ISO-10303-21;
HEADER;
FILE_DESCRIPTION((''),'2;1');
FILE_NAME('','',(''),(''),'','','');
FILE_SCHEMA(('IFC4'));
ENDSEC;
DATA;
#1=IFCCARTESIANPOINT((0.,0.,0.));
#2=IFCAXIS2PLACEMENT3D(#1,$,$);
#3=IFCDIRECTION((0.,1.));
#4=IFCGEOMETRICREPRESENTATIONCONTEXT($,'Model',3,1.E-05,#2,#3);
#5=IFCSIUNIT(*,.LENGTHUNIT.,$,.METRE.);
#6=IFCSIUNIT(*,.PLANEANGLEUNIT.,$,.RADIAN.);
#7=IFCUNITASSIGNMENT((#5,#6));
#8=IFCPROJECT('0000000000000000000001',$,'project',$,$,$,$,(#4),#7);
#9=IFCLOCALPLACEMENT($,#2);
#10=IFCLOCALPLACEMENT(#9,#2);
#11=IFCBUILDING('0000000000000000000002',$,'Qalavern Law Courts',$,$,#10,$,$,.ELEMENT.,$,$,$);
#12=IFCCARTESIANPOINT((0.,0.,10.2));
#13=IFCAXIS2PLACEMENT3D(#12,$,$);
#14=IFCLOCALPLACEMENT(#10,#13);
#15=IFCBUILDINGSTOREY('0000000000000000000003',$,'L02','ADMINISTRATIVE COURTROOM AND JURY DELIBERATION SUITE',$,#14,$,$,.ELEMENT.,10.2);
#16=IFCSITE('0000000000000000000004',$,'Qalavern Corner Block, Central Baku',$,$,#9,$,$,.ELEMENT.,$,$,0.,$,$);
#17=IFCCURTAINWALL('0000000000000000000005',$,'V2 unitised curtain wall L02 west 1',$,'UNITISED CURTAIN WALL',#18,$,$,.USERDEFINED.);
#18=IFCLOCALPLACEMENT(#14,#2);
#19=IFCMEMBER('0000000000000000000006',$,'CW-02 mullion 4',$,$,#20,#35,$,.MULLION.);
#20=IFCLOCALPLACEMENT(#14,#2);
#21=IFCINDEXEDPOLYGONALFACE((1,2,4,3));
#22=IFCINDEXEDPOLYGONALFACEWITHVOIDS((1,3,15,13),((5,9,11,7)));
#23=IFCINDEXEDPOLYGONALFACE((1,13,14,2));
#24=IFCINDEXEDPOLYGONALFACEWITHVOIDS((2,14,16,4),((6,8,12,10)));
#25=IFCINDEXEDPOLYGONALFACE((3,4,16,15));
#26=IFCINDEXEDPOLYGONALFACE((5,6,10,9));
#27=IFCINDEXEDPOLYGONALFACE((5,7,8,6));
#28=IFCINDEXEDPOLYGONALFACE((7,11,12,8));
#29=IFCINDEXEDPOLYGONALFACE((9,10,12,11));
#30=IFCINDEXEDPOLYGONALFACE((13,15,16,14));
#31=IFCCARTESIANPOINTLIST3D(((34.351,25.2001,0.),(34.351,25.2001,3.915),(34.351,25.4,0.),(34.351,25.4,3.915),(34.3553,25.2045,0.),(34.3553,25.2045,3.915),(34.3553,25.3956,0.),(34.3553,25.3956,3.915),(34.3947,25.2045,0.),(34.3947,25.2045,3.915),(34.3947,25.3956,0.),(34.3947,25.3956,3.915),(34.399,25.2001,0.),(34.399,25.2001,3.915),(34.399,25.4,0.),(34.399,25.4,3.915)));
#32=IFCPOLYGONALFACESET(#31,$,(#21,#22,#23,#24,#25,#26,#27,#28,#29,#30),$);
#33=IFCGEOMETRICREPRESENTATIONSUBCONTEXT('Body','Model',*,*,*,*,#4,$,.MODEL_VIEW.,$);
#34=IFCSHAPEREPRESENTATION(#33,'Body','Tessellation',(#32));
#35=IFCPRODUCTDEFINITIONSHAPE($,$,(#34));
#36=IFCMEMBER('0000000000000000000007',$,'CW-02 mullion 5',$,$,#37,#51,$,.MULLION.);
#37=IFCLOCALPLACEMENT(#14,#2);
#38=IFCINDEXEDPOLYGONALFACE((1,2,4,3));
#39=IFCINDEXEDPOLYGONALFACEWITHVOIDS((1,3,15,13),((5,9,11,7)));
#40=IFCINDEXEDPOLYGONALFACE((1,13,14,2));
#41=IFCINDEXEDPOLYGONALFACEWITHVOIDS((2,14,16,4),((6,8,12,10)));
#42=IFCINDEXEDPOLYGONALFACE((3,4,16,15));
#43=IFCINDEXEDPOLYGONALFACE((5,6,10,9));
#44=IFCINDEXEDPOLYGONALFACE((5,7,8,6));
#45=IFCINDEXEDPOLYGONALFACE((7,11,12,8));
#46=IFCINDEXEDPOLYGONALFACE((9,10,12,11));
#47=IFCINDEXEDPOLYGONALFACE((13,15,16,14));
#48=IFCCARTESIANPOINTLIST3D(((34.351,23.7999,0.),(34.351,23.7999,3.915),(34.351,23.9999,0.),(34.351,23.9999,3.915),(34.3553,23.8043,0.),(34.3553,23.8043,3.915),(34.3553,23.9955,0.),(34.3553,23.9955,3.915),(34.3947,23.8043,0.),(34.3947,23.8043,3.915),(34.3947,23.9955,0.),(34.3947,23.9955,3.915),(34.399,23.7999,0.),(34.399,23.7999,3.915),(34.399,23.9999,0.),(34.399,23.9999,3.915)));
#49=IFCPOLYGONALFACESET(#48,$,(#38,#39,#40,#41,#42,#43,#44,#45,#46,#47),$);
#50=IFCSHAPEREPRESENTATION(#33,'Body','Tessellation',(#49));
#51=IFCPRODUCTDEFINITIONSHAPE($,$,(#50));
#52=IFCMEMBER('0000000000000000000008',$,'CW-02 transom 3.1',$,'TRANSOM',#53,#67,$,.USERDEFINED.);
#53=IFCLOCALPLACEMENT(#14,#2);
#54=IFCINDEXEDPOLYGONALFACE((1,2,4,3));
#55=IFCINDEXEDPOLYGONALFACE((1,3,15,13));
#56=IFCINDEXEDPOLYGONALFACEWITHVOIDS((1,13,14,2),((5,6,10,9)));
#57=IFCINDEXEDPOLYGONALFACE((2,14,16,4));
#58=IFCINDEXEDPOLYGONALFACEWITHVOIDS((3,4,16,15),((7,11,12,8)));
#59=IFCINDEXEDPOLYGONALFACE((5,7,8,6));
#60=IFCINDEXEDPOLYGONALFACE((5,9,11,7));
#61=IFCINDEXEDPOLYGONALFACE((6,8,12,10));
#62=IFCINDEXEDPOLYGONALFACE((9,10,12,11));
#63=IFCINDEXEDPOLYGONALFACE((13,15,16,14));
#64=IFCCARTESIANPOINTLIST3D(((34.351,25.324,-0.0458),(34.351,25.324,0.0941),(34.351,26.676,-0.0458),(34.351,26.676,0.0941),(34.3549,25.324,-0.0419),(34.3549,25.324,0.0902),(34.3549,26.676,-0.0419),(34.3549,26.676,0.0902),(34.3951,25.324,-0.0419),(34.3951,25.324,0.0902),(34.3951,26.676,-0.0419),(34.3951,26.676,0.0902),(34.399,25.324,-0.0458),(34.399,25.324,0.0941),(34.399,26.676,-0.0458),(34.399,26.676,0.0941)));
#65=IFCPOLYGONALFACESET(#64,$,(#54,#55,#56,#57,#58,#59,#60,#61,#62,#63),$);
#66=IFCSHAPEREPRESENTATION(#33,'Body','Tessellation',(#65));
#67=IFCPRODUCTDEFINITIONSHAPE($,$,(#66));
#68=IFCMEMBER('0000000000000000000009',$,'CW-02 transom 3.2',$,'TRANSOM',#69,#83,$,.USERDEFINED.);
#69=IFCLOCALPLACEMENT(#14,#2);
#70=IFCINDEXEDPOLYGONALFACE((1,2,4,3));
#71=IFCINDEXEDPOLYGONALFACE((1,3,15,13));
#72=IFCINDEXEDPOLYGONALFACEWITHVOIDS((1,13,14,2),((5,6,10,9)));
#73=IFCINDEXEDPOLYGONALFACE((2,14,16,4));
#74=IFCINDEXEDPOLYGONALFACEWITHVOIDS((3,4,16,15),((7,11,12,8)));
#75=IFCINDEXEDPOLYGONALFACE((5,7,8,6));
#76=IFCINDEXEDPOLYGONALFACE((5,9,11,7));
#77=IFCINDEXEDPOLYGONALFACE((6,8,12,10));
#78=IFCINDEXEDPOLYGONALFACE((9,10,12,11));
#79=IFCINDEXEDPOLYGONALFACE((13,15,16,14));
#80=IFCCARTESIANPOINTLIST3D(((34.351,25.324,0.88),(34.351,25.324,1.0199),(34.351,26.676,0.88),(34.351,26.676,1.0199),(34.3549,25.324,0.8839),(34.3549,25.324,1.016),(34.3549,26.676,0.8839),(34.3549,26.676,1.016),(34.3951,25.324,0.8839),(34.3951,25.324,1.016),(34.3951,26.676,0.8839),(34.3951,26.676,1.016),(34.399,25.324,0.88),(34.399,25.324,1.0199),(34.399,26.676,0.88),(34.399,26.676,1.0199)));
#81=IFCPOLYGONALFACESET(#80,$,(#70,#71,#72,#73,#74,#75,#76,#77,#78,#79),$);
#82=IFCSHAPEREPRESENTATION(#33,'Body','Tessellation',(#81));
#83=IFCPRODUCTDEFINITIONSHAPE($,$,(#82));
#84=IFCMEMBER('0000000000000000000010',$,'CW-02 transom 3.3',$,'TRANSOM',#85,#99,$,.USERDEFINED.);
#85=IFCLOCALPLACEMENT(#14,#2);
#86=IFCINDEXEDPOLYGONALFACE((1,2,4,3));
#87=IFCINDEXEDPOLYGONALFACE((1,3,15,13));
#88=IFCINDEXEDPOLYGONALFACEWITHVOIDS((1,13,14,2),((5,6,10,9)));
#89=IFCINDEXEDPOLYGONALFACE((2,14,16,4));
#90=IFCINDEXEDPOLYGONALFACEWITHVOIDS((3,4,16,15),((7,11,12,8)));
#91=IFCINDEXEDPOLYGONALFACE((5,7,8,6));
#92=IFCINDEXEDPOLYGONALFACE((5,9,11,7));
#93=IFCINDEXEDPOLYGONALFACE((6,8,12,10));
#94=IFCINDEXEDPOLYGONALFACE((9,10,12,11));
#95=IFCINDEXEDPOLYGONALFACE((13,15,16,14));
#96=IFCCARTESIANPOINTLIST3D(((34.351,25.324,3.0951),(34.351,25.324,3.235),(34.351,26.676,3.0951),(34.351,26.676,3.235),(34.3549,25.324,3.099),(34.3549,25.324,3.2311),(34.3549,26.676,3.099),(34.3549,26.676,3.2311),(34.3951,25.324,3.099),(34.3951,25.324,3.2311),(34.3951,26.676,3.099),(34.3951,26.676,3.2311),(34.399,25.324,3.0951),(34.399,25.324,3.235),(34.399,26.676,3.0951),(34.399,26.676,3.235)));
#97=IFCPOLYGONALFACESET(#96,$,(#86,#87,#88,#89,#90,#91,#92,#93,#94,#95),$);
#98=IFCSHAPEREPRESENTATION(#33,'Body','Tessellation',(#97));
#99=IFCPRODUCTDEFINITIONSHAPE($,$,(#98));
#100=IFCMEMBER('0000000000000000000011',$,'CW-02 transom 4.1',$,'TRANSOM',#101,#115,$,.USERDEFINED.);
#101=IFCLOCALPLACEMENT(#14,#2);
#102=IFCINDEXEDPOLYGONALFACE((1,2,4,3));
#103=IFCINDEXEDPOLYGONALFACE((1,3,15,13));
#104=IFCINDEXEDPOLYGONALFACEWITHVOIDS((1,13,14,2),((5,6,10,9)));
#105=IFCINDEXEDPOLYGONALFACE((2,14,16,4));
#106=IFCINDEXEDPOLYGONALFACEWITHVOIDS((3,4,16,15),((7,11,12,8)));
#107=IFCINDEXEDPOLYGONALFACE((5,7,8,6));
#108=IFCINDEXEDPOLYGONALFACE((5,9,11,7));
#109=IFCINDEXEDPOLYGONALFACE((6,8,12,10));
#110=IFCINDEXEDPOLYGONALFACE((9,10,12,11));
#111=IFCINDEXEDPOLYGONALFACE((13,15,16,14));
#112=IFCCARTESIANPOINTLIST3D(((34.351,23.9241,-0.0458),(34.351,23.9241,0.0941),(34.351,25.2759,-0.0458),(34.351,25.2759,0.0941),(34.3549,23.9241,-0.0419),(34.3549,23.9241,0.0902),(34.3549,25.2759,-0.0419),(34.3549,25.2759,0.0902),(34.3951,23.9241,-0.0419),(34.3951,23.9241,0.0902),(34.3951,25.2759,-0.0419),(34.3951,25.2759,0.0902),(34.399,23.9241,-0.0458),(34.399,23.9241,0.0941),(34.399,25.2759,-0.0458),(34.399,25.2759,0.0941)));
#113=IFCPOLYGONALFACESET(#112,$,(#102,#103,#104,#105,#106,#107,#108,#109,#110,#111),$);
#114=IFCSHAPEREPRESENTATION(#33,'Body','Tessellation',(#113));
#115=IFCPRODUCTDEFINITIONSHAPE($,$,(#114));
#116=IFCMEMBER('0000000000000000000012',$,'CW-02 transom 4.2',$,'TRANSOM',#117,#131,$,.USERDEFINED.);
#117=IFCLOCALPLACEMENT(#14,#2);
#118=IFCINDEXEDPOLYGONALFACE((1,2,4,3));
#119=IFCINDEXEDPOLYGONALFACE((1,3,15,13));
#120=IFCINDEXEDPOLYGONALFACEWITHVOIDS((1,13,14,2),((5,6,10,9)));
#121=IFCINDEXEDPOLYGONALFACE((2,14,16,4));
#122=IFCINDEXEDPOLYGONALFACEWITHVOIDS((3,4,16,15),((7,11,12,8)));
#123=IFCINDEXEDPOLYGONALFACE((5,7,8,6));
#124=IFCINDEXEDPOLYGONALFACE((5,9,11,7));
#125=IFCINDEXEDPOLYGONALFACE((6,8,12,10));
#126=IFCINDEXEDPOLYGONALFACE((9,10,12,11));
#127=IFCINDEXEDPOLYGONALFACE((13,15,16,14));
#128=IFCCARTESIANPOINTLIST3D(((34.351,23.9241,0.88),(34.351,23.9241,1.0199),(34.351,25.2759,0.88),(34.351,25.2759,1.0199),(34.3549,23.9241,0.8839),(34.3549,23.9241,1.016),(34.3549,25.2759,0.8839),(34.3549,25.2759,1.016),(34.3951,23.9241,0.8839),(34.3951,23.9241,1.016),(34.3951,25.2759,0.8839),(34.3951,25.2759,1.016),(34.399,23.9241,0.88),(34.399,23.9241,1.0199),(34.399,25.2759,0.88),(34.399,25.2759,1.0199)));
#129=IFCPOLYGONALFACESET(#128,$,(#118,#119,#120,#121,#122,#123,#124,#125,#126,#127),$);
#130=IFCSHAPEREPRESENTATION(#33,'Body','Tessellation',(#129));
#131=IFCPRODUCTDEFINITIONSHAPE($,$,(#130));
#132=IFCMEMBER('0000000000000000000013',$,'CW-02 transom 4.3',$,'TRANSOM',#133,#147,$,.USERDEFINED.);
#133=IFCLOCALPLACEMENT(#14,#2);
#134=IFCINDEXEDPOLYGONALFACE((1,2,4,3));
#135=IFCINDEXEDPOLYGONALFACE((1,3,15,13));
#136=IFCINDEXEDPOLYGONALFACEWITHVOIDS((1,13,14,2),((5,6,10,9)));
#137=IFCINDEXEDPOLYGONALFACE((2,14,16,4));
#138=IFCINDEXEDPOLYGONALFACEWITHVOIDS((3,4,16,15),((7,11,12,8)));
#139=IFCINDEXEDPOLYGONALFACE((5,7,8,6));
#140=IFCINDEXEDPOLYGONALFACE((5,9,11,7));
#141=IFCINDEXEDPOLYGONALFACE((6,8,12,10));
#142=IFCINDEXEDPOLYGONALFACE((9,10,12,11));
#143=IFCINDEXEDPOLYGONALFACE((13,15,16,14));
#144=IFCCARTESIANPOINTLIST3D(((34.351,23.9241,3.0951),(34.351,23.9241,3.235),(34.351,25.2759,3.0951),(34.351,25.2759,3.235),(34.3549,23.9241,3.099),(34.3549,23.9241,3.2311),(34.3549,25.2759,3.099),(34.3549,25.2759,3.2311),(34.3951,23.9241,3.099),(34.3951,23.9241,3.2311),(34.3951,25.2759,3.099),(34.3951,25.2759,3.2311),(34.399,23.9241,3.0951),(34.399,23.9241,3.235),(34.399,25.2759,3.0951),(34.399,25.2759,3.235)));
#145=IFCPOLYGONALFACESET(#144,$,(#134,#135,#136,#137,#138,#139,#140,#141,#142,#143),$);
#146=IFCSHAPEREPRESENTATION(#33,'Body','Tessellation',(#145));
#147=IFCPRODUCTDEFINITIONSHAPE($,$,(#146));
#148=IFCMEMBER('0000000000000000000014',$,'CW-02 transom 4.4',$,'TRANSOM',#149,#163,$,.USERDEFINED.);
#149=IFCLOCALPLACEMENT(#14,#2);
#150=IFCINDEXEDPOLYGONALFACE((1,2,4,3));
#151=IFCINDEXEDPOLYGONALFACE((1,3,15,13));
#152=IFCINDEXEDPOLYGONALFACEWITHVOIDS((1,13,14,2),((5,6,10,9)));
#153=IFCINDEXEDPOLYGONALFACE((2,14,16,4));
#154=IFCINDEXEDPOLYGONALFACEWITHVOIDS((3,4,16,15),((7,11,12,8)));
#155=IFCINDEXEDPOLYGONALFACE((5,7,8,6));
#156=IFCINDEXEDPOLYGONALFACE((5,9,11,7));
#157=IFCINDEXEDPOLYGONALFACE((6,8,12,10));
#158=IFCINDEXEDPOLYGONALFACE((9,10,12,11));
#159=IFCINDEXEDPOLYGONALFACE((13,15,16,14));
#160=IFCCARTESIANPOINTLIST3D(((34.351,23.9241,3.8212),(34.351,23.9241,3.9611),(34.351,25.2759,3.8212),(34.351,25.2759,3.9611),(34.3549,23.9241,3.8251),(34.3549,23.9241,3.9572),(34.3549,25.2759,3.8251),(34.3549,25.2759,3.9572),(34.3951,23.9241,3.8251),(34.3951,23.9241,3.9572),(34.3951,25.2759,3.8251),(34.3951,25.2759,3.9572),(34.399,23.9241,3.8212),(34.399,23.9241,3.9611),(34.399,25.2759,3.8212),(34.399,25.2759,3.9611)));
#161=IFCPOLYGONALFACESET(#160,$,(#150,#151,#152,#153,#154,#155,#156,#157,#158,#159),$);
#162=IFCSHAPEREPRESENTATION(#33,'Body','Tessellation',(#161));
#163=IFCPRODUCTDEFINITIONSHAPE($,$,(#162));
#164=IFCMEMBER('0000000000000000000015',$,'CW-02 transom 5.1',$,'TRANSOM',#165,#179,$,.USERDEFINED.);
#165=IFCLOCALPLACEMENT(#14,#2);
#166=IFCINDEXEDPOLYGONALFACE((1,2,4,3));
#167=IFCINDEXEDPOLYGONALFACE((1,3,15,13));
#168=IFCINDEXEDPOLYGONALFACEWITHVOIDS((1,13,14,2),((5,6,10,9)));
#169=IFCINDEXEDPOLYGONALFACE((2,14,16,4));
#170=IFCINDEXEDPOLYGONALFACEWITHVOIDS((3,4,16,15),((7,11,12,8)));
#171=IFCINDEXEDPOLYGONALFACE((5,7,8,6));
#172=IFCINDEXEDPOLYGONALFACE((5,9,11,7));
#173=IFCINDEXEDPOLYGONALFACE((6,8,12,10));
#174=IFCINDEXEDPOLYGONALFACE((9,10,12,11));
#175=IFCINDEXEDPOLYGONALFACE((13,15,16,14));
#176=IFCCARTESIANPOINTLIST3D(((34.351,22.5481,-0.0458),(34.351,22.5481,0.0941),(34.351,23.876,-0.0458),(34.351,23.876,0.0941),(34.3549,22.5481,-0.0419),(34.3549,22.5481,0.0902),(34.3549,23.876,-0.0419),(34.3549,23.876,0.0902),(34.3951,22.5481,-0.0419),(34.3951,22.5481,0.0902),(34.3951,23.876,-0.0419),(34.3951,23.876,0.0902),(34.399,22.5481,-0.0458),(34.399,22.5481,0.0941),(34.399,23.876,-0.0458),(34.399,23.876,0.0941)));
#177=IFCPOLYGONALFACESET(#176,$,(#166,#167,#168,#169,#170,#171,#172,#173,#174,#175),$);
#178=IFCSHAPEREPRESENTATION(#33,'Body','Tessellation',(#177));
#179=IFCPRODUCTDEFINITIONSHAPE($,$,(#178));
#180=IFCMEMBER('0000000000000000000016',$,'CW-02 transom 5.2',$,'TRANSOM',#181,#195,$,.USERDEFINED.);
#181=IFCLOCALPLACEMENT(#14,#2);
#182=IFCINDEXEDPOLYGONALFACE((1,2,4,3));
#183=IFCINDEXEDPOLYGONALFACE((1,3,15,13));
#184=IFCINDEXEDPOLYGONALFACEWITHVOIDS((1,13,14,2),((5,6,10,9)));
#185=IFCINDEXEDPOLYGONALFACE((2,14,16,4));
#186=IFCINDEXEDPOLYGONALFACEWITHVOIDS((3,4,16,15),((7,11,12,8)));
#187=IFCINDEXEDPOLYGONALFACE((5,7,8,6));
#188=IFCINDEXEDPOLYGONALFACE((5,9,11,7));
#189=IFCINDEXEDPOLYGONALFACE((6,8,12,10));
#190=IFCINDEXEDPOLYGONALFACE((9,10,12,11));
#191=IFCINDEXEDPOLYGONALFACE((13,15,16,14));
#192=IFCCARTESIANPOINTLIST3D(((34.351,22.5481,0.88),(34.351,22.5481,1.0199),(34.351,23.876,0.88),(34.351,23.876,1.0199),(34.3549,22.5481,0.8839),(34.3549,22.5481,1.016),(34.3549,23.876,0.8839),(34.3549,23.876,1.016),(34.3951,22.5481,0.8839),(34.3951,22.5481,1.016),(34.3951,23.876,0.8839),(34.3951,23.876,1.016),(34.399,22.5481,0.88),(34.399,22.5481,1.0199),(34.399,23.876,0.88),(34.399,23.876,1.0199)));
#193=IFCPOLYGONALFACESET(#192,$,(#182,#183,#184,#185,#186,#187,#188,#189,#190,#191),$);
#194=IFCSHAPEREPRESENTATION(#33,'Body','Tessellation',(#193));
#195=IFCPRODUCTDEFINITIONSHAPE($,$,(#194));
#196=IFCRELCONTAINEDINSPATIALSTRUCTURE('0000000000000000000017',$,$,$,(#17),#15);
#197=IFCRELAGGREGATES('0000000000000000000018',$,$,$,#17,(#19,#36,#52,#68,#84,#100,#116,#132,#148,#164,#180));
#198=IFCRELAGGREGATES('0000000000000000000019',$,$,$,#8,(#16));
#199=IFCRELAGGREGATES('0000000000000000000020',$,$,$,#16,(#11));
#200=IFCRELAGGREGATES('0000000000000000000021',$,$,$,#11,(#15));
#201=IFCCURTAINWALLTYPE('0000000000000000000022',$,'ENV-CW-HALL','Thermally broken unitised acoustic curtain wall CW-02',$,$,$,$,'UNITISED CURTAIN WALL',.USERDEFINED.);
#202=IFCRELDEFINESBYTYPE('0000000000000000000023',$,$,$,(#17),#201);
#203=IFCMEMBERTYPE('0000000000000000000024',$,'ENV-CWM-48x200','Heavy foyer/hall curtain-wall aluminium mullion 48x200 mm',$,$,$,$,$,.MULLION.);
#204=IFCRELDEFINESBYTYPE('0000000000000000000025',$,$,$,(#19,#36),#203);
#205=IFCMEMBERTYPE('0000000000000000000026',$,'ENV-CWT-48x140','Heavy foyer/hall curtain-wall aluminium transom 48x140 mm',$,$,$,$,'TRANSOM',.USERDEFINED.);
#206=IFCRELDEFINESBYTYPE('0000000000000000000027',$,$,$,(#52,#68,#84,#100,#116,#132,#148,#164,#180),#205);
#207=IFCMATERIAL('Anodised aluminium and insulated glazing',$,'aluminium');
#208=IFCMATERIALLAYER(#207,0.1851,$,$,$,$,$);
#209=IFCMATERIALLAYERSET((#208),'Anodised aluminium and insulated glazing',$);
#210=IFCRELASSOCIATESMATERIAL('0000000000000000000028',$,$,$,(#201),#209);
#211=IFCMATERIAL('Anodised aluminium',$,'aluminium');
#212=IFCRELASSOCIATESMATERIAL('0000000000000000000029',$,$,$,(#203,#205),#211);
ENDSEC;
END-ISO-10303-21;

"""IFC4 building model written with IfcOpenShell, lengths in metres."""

from ifc_helpers import new_model, si_unit, direction, frame, origin, origin_2d, place, context, subcontext, project, spatial, hollow_rectangle, extrude, material, layer, layer_set, material_profile, profile_set, type_object, element, aggregate, save


model = new_model("IFC4")

# Units and contexts
model_context = context("Model", 3, precision=1e-05, world=origin(), true_north=direction((0.0, 1.0)))
body_context = subcontext(model_context, "Body", "Model", "MODEL_VIEW")
ifc_project = project(units=[si_unit("LENGTHUNIT", "METRE"), si_unit("PLANEANGLEUNIT", "RADIAN")], contexts=[model_context])

# Site, building, storey
site_placement = place(None, origin())
site = spatial("IfcSite", under=ifc_project, at=site_placement, Name="Qalavern Corner Block, Central Baku", CompositionType="ELEMENT", RefElevation=0.0)
building_placement = place(site_placement, origin())
building = spatial("IfcBuilding", under=site, at=building_placement, Name="Qalavern Law Courts", CompositionType="ELEMENT")
storey_placement = place(building_placement, frame((0.0, 0.0, 10.2)))
storey = spatial("IfcBuildingStorey", under=building, at=storey_placement, Name="L02", Description="ADMINISTRATIVE COURTROOM AND JURY DELIBERATION SUITE", CompositionType="ELEMENT", Elevation=10.2)

# Curtain wall, members
ifc_material_1 = material(Name="Anodised aluminium and insulated glazing", Category="aluminium")
ifc_layer_1 = layer(ifc_material_1, 0.1851)
ifc_layer_set_1 = layer_set([ifc_layer_1], Name="Anodised aluminium and insulated glazing")
curtain_wall_type = type_object("IfcCurtainWallType", Name="ENV-CW-HALL", Description="Thermally broken unitised acoustic curtain wall CW-02", ElementType="UNITISED CURTAIN WALL", PredefinedType="USERDEFINED", material=ifc_layer_set_1)
curtain_wall_placement = place(storey_placement, origin())
curtain_wall = element("IfcCurtainWall", 1, at=curtain_wall_placement, inside=storey, type_object=curtain_wall_type, Name="V2 unitised curtain wall L02 west 1", ObjectType="UNITISED CURTAIN WALL", PredefinedType="USERDEFINED")
ifc_material_2 = material(Name="Anodised aluminium", Category="aluminium")
ifc_material_profile_1 = material_profile(ifc_material_2, hollow_rectangle(XDim=0.0481, YDim=0.2, WallThickness=0.0044, at=origin_2d()), Name="ALU MULLION 48x200")
ifc_profile_set_1 = profile_set([ifc_material_profile_1], Name="Anodised aluminium")
member_type_1 = type_object("IfcMemberType", Name="ENV-CWM-48x200", Description="Heavy foyer/hall curtain-wall aluminium mullion 48x200 mm", PredefinedType="MULLION", material=ifc_profile_set_1)
member_1_placement = place(storey_placement, frame((34.375, 25.3, 0.0), z_axis=(0.0, 0.0, 1.0), x_axis=(1.0, 0.0, 0.0)))
member_1 = element("IfcMember", 2, at=member_1_placement, type_object=member_type_1, Name="CW-02 mullion 4", PredefinedType="MULLION", context=body_context, shape_type="SweptSolid", body=[
    extrude(hollow_rectangle(XDim=0.0481, YDim=0.2, WallThickness=0.0044, at=origin_2d()), origin(), (0.0, 0.0, 1.0), 3.915),
])
member_2_placement = place(storey_placement, frame((34.375, 23.8999, 0.0), z_axis=(0.0, 0.0, 1.0), x_axis=(1.0, 0.0, 0.0)))
member_2 = element("IfcMember", 3, at=member_2_placement, type_object=member_type_1, Name="CW-02 mullion 5", PredefinedType="MULLION", context=body_context, shape_type="SweptSolid", body=[
    extrude(hollow_rectangle(XDim=0.0481, YDim=0.2, WallThickness=0.0044, at=origin_2d()), origin(), (0.0, 0.0, 1.0), 3.915),
])
ifc_material_profile_2 = material_profile(ifc_material_2, hollow_rectangle(XDim=0.0481, YDim=0.1399, WallThickness=0.0039, at=origin_2d()), Name="ALU TRANSOM 48x140")
ifc_profile_set_2 = profile_set([ifc_material_profile_2], Name="Anodised aluminium")
member_type_2 = type_object("IfcMemberType", Name="ENV-CWT-48x140", Description="Heavy foyer/hall curtain-wall aluminium transom 48x140 mm", ElementType="TRANSOM", PredefinedType="USERDEFINED", material=ifc_profile_set_2)
member_3_placement = place(storey_placement, frame((34.375, 26.676, 0.0242), z_axis=(0.0, -1.0, 0.0), x_axis=(1.0, 0.0, 0.0)))
member_3 = element("IfcMember", 4, at=member_3_placement, type_object=member_type_2, Name="CW-02 transom 3.1", ObjectType="TRANSOM", PredefinedType="USERDEFINED", context=body_context, shape_type="SweptSolid", body=[
    extrude(hollow_rectangle(XDim=0.0481, YDim=0.1399, WallThickness=0.0039, at=origin_2d()), origin(), (0.0, 0.0, 1.0), 1.3521),
])
member_4_placement = place(storey_placement, frame((34.375, 26.676, 0.95), z_axis=(0.0, -1.0, 0.0), x_axis=(1.0, 0.0, 0.0)))
member_4 = element("IfcMember", 5, at=member_4_placement, type_object=member_type_2, Name="CW-02 transom 3.2", ObjectType="TRANSOM", PredefinedType="USERDEFINED", context=body_context, shape_type="SweptSolid", body=[
    extrude(hollow_rectangle(XDim=0.0481, YDim=0.1399, WallThickness=0.0039, at=origin_2d()), origin(), (0.0, 0.0, 1.0), 1.3521),
])
member_5_placement = place(storey_placement, frame((34.375, 26.676, 3.165), z_axis=(0.0, -1.0, 0.0), x_axis=(1.0, 0.0, 0.0)))
member_5 = element("IfcMember", 6, at=member_5_placement, type_object=member_type_2, Name="CW-02 transom 3.3", ObjectType="TRANSOM", PredefinedType="USERDEFINED", context=body_context, shape_type="SweptSolid", body=[
    extrude(hollow_rectangle(XDim=0.0481, YDim=0.1399, WallThickness=0.0039, at=origin_2d()), origin(), (0.0, 0.0, 1.0), 1.3521),
])
member_6_placement = place(storey_placement, frame((34.375, 25.2759, 0.0242), z_axis=(0.0, -1.0, 0.0), x_axis=(1.0, 0.0, 0.0)))
member_6 = element("IfcMember", 7, at=member_6_placement, type_object=member_type_2, Name="CW-02 transom 4.1", ObjectType="TRANSOM", PredefinedType="USERDEFINED", context=body_context, shape_type="SweptSolid", body=[
    extrude(hollow_rectangle(XDim=0.0481, YDim=0.1399, WallThickness=0.0039, at=origin_2d()), origin(), (0.0, 0.0, 1.0), 1.3518),
])
member_7_placement = place(storey_placement, frame((34.375, 25.2759, 0.95), z_axis=(0.0, -1.0, 0.0), x_axis=(1.0, 0.0, 0.0)))
member_7 = element("IfcMember", 8, at=member_7_placement, type_object=member_type_2, Name="CW-02 transom 4.2", ObjectType="TRANSOM", PredefinedType="USERDEFINED", context=body_context, shape_type="SweptSolid", body=[
    extrude(hollow_rectangle(XDim=0.0481, YDim=0.1399, WallThickness=0.0039, at=origin_2d()), origin(), (0.0, 0.0, 1.0), 1.3518),
])
member_8_placement = place(storey_placement, frame((34.375, 25.2759, 3.165), z_axis=(0.0, -1.0, 0.0), x_axis=(1.0, 0.0, 0.0)))
member_8 = element("IfcMember", 9, at=member_8_placement, type_object=member_type_2, Name="CW-02 transom 4.3", ObjectType="TRANSOM", PredefinedType="USERDEFINED", context=body_context, shape_type="SweptSolid", body=[
    extrude(hollow_rectangle(XDim=0.0481, YDim=0.1399, WallThickness=0.0039, at=origin_2d()), origin(), (0.0, 0.0, 1.0), 1.3518),
])
member_9_placement = place(storey_placement, frame((34.375, 25.2759, 3.8911), z_axis=(0.0, -1.0, 0.0), x_axis=(1.0, 0.0, 0.0)))
member_9 = element("IfcMember", 10, at=member_9_placement, type_object=member_type_2, Name="CW-02 transom 4.4", ObjectType="TRANSOM", PredefinedType="USERDEFINED", context=body_context, shape_type="SweptSolid", body=[
    extrude(hollow_rectangle(XDim=0.0481, YDim=0.1399, WallThickness=0.0039, at=origin_2d()), origin(), (0.0, 0.0, 1.0), 1.3518),
])
member_10_placement = place(storey_placement, frame((34.375, 23.876, 0.0242), z_axis=(0.0, -1.0, 0.0), x_axis=(1.0, 0.0, 0.0)))
member_10 = element("IfcMember", 11, at=member_10_placement, type_object=member_type_2, Name="CW-02 transom 5.1", ObjectType="TRANSOM", PredefinedType="USERDEFINED", context=body_context, shape_type="SweptSolid", body=[
    extrude(hollow_rectangle(XDim=0.0481, YDim=0.1399, WallThickness=0.0039, at=origin_2d()), origin(), (0.0, 0.0, 1.0), 1.3279),
])
member_11_placement = place(storey_placement, frame((34.375, 23.876, 0.95), z_axis=(0.0, -1.0, 0.0), x_axis=(1.0, 0.0, 0.0)))
member_11 = element("IfcMember", 12, at=member_11_placement, type_object=member_type_2, Name="CW-02 transom 5.2", ObjectType="TRANSOM", PredefinedType="USERDEFINED", context=body_context, shape_type="SweptSolid", body=[
    extrude(hollow_rectangle(XDim=0.0481, YDim=0.1399, WallThickness=0.0039, at=origin_2d()), origin(), (0.0, 0.0, 1.0), 1.3279),
])

aggregate(curtain_wall, [member_1, member_2, member_3, member_4, member_5, member_6, member_7, member_8, member_9, member_10, member_11])

save(model, "model.ifc")
